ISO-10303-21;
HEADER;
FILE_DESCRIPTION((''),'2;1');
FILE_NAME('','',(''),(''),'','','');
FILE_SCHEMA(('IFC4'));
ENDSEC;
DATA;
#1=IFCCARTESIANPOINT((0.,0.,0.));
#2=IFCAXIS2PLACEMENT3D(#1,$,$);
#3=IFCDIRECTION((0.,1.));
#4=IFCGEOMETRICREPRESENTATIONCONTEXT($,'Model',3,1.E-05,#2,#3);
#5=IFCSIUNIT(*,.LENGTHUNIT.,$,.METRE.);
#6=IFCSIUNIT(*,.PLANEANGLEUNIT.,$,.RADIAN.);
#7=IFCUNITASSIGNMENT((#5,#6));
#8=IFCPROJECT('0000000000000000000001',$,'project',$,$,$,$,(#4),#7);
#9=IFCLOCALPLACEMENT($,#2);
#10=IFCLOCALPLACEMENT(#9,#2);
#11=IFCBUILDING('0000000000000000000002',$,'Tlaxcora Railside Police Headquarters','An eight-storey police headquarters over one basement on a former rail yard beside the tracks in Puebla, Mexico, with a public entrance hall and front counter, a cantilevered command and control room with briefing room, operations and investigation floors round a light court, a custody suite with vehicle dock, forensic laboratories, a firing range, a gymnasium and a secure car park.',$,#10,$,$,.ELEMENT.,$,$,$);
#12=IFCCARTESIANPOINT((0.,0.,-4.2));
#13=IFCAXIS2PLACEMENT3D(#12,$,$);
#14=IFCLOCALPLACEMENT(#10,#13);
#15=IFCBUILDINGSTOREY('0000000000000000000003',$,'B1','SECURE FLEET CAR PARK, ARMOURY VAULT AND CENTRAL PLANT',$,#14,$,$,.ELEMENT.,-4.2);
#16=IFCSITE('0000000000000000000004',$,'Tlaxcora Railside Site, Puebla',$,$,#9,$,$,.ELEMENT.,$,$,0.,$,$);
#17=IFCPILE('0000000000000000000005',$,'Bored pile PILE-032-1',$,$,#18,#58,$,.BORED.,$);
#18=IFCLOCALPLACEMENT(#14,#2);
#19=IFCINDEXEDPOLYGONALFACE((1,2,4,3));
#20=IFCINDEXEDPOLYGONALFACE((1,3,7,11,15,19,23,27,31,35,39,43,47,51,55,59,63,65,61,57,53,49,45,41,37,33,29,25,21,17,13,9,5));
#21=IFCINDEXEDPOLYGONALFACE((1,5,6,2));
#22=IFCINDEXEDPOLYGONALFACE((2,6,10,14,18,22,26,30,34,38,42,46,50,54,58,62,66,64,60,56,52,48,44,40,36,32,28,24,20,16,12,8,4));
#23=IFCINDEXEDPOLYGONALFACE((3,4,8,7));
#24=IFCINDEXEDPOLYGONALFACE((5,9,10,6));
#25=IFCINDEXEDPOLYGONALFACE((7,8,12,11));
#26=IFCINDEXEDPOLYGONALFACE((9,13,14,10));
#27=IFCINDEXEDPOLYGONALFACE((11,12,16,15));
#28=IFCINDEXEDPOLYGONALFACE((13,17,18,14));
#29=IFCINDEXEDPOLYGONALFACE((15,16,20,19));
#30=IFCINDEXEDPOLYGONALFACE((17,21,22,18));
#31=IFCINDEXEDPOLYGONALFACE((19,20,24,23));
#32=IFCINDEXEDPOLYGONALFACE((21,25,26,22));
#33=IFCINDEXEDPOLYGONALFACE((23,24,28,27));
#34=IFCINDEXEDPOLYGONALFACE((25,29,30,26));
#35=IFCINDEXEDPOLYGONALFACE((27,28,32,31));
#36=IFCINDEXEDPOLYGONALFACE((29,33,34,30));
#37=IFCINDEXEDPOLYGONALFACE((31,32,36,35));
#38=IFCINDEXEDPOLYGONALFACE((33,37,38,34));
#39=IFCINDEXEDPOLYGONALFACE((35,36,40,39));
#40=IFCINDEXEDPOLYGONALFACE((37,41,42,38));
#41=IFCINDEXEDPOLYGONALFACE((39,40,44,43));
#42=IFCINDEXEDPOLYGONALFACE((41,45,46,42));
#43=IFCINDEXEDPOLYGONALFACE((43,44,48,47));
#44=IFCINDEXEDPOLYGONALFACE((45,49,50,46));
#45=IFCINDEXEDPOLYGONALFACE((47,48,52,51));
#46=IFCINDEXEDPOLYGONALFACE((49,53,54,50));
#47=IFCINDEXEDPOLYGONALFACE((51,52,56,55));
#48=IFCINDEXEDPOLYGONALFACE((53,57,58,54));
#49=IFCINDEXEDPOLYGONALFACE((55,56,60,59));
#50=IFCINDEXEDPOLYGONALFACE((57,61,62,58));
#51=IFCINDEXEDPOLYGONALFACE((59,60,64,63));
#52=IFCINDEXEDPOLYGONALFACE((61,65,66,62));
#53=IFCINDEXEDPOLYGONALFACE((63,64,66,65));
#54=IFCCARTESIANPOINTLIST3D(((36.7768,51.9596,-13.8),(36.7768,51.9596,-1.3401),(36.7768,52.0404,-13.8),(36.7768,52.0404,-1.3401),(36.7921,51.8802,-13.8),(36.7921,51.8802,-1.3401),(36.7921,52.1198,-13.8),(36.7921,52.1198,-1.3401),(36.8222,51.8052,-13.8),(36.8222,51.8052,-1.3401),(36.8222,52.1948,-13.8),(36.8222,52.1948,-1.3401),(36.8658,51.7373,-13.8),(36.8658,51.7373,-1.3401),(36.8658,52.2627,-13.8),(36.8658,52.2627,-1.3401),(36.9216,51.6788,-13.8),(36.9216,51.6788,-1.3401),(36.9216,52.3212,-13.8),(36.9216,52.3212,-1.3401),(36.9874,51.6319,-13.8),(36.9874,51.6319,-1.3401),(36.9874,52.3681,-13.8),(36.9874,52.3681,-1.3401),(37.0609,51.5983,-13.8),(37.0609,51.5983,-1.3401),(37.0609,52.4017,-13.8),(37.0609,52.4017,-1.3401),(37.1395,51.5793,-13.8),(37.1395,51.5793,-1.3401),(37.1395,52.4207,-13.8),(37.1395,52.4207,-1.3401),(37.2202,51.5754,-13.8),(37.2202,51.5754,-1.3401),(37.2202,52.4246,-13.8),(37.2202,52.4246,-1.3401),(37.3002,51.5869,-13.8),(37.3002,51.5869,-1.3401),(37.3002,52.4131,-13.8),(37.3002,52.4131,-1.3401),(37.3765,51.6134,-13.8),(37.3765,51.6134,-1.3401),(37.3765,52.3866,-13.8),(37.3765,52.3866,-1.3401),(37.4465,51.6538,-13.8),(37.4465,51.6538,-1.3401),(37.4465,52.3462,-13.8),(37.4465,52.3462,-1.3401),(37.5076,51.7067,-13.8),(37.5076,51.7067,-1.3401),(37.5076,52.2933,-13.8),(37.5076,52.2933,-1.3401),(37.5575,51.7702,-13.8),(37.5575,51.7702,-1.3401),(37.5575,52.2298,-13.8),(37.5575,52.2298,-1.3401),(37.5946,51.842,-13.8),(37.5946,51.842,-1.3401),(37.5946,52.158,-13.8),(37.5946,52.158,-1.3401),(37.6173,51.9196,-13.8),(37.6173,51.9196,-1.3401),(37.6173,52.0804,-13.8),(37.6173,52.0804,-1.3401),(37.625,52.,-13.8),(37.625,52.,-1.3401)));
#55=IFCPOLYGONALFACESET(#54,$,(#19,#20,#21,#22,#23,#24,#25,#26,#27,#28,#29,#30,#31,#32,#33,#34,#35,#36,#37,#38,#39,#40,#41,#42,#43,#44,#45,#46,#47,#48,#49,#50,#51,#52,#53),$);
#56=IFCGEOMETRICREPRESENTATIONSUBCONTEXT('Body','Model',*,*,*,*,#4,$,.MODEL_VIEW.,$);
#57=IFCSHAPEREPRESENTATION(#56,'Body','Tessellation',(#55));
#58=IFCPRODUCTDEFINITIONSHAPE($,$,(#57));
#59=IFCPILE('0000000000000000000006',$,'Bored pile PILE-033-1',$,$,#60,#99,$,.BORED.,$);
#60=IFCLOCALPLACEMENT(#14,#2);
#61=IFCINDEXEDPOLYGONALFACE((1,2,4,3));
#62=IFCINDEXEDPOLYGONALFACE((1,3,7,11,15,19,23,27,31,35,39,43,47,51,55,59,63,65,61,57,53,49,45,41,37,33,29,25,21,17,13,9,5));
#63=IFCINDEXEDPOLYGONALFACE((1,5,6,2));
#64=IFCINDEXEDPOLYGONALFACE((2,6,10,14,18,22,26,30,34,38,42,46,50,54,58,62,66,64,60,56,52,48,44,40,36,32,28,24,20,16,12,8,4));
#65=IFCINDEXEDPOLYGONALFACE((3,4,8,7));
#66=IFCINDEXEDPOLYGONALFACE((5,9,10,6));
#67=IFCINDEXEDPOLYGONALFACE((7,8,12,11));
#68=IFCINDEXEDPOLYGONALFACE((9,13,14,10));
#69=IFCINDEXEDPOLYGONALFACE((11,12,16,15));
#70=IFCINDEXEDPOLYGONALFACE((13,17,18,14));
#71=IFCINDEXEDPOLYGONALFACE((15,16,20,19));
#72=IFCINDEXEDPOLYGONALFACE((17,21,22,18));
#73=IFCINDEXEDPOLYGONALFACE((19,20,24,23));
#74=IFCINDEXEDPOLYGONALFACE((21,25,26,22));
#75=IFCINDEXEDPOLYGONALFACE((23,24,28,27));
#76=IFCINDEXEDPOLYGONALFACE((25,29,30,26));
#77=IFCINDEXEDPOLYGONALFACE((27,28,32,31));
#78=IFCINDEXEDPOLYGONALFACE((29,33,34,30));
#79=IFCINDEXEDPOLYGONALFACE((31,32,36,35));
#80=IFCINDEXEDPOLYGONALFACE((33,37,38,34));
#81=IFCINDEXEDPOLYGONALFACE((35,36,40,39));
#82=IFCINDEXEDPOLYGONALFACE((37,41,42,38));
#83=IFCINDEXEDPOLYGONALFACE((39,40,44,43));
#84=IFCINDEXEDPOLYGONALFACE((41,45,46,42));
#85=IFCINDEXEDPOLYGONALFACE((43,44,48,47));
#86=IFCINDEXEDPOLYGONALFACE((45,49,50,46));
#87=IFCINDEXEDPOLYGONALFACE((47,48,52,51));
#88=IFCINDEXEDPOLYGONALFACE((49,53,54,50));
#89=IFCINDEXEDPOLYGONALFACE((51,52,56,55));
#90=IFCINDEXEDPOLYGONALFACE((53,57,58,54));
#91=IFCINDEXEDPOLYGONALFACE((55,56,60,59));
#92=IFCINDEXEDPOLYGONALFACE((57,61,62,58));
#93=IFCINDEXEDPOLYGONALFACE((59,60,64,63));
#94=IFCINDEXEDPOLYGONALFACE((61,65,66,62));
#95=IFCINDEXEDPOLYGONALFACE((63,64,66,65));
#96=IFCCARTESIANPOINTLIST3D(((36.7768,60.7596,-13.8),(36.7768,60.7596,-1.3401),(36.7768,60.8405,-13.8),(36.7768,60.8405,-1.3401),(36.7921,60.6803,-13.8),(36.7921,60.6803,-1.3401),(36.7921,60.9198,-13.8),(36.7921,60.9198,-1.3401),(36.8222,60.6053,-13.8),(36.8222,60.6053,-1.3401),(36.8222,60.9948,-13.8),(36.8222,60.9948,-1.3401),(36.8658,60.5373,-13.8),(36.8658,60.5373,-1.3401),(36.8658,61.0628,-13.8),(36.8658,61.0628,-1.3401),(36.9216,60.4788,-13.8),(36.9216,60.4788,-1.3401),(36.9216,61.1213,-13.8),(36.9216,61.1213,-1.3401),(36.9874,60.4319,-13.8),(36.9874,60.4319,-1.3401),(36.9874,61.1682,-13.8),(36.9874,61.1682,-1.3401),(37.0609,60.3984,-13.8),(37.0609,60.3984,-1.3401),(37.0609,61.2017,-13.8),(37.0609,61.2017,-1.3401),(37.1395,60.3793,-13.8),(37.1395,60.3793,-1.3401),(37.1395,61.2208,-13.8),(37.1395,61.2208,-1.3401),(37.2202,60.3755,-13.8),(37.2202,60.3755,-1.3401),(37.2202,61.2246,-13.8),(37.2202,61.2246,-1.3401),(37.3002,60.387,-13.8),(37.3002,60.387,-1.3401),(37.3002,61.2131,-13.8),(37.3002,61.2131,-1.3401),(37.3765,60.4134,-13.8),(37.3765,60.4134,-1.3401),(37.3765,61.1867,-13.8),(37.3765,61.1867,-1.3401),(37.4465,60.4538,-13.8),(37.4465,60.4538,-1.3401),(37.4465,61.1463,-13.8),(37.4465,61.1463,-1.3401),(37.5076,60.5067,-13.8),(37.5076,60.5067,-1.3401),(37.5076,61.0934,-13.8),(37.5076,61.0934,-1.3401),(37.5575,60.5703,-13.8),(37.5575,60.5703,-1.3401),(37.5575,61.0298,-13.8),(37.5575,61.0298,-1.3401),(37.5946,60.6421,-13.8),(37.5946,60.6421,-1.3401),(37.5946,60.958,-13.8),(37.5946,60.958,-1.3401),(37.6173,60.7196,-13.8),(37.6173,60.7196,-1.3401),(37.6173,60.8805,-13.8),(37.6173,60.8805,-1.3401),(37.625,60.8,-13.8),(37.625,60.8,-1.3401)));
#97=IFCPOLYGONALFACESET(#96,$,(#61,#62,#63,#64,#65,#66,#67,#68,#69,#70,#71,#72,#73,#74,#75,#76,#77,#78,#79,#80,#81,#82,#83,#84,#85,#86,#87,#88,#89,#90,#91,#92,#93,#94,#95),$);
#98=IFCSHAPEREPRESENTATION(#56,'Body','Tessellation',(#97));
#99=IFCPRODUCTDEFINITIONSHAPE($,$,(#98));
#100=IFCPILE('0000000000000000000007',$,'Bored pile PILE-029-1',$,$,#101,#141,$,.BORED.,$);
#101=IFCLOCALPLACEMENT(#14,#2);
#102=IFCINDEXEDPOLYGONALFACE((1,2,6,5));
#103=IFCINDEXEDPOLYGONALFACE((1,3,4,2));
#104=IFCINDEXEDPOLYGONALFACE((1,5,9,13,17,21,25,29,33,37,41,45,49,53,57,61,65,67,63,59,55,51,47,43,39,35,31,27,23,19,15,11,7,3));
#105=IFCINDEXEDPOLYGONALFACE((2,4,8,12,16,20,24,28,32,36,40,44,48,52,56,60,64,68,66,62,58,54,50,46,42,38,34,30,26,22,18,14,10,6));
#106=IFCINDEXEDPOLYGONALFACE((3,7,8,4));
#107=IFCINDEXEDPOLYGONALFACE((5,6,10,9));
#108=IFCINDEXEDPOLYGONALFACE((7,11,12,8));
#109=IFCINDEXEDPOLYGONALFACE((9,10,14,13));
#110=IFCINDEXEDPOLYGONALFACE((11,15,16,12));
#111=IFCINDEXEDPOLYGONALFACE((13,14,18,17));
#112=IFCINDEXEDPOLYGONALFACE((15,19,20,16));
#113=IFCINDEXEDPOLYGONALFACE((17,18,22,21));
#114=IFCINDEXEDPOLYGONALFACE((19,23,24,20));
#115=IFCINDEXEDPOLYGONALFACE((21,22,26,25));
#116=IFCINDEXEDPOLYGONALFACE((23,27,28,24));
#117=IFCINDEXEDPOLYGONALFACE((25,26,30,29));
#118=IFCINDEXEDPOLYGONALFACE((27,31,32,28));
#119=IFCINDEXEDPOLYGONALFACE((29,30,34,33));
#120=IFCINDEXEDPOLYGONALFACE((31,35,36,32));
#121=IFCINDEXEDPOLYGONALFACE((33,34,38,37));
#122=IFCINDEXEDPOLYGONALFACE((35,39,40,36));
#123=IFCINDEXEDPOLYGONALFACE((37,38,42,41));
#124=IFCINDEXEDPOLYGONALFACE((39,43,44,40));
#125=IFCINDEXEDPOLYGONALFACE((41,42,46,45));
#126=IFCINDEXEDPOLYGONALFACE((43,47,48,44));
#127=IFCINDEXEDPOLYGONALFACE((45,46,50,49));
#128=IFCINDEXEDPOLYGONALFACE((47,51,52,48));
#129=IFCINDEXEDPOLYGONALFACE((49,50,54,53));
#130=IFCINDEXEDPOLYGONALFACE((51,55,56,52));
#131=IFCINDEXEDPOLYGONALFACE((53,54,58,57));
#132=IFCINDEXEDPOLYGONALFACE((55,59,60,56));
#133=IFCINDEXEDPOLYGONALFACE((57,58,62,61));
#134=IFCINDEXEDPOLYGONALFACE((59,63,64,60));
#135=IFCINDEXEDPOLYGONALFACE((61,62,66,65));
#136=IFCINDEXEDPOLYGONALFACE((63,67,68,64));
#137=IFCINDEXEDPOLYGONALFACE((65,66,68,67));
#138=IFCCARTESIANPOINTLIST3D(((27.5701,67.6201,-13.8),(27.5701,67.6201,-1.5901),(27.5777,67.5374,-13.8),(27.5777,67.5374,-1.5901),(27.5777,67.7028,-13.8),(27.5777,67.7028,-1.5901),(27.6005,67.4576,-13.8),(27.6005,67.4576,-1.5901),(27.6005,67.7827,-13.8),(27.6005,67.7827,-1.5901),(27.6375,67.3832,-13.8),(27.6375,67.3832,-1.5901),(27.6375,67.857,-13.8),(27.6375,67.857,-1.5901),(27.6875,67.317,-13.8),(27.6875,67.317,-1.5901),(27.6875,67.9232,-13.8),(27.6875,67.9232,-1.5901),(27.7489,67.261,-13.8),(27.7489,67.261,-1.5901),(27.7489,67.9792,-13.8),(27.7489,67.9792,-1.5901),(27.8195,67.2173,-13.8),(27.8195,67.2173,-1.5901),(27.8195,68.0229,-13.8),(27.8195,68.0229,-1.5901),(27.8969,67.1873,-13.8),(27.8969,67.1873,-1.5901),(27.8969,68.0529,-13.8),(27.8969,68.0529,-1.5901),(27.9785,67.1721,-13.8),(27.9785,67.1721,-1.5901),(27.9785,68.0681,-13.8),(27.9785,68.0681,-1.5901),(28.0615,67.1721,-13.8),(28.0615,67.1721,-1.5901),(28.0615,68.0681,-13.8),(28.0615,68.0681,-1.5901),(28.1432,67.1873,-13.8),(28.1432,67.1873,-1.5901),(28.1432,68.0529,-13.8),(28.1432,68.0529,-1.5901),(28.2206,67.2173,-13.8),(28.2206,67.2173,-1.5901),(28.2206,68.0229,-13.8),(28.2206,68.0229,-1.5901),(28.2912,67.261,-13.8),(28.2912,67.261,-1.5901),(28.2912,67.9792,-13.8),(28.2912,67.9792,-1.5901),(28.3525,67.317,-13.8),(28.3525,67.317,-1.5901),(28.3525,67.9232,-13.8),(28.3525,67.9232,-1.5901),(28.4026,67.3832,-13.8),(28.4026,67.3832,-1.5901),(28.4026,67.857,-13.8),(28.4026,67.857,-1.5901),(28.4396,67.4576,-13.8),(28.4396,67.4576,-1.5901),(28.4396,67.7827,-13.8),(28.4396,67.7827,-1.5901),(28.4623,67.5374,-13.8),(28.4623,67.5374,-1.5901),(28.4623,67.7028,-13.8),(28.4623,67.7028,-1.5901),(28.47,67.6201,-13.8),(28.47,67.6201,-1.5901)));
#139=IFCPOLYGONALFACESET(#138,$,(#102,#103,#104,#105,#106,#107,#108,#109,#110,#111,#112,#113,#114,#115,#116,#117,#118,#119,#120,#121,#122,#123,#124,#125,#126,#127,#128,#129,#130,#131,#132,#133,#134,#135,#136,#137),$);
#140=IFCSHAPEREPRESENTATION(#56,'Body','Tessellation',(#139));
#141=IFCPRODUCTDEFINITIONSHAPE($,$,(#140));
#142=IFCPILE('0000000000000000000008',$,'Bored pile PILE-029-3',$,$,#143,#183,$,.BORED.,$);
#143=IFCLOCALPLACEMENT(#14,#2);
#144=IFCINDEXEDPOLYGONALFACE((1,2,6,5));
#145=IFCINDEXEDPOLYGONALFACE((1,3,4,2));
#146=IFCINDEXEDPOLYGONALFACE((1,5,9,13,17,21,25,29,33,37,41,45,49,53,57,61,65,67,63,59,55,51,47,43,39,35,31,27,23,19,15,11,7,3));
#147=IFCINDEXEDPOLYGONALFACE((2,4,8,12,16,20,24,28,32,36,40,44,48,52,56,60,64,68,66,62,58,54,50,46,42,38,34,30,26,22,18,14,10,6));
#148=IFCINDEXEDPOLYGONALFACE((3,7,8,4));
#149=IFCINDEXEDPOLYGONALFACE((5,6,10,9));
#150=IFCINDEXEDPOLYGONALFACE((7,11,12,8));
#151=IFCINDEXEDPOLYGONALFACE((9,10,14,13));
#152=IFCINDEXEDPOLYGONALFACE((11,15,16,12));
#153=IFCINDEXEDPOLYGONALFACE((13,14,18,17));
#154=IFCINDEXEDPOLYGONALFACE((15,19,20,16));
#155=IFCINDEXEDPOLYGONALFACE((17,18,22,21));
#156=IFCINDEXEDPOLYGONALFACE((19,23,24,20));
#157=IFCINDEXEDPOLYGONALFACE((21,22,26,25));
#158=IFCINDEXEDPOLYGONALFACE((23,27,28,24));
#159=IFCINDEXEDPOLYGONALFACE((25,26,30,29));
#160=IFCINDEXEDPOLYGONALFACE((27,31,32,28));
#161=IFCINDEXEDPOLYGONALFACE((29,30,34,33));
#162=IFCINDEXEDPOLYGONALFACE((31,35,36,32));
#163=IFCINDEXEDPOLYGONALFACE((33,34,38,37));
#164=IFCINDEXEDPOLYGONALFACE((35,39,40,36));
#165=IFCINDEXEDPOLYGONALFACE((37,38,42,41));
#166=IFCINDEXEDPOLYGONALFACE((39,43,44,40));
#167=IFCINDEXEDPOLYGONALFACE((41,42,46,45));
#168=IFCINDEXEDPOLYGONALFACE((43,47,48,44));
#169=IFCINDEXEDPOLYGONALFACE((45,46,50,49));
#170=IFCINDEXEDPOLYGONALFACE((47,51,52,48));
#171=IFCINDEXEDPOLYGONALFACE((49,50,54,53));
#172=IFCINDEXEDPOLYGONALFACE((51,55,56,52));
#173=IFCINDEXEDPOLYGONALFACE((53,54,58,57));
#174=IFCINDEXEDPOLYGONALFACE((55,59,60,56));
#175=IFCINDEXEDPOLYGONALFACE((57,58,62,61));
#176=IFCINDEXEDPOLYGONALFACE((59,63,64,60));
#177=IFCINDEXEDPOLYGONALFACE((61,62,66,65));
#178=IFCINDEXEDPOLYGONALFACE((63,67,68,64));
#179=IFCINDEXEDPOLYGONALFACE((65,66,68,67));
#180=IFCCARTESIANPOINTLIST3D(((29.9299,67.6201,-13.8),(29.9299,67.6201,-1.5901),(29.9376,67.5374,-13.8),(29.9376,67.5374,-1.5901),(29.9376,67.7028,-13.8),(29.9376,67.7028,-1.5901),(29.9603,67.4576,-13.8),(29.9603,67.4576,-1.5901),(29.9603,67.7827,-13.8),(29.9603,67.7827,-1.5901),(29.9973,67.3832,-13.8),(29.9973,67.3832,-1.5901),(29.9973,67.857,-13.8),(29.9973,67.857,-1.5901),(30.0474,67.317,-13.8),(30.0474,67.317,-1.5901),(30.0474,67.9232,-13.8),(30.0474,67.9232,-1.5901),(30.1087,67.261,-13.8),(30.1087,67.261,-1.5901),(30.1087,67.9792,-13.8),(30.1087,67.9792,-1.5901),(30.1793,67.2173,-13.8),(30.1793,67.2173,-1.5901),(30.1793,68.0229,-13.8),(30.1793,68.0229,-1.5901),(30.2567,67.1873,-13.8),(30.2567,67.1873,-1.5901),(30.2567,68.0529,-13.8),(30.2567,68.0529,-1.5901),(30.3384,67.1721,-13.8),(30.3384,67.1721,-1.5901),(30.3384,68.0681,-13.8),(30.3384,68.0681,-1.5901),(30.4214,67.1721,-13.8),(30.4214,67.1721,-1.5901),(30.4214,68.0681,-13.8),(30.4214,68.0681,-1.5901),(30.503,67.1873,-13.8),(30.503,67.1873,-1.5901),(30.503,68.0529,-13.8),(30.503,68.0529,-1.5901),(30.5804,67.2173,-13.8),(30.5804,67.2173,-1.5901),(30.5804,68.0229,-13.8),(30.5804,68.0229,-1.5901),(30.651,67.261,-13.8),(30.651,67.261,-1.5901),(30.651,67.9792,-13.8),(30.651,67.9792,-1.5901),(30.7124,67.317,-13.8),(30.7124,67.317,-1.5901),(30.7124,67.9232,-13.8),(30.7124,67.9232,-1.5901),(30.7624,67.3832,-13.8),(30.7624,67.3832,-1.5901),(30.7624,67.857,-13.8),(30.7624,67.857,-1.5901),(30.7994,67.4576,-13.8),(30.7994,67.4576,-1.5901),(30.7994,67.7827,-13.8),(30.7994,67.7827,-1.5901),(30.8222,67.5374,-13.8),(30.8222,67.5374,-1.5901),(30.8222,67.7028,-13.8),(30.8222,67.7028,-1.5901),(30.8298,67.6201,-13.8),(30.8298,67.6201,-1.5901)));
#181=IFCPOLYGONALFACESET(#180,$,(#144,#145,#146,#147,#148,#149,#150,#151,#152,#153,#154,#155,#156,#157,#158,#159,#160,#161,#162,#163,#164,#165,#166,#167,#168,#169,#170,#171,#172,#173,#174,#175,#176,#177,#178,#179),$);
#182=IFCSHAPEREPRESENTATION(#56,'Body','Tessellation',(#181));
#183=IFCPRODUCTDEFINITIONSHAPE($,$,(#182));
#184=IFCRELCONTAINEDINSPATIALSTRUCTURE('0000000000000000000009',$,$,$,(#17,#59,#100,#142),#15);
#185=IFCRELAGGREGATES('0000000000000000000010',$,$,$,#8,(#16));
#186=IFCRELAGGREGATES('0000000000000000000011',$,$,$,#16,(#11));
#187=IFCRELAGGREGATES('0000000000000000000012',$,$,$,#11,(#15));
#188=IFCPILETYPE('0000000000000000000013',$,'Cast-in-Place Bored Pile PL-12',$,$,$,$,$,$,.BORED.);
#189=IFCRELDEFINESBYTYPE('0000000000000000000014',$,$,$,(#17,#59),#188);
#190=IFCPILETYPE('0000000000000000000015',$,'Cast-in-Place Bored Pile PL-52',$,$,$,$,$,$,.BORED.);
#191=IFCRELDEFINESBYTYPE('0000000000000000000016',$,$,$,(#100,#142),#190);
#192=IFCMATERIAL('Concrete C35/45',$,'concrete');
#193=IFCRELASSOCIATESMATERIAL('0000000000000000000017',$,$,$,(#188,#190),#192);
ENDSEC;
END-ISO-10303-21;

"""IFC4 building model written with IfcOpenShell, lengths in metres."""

from ifc_helpers import new_model, si_unit, direction, frame, origin, origin_2d, place, context, subcontext, project, spatial, circle, extrude, material, material_profile, profile_set, type_object, element, save


model = new_model("IFC4")

# Units and contexts
model_context = context("Model", 3, precision=1e-05, world=origin(), true_north=direction((0.0, 1.0)))
body_context = subcontext(model_context, "Body", "Model", "MODEL_VIEW")
ifc_project = project(units=[si_unit("LENGTHUNIT", "METRE"), si_unit("PLANEANGLEUNIT", "RADIAN")], contexts=[model_context])

# Site, building, storey
site_placement = place(None, origin())
site = spatial("IfcSite", under=ifc_project, at=site_placement, Name="Tlaxcora Railside Site, Puebla", CompositionType="ELEMENT", RefElevation=0.0)
building_placement = place(site_placement, origin())
building = spatial("IfcBuilding", under=site, at=building_placement, Name="Tlaxcora Railside Police Headquarters", Description="An eight-storey police headquarters over one basement on a former rail yard beside the tracks in Puebla, Mexico, with a public entrance hall and front counter, a cantilevered command and control room with briefing room, operations and investigation floors round a light court, a custody suite with vehicle dock, forensic laboratories, a firing range, a gymnasium and a secure car park.", CompositionType="ELEMENT")
storey_placement = place(building_placement, frame((0.0, 0.0, -4.2)))
storey = spatial("IfcBuildingStorey", under=building, at=storey_placement, Name="B1", Description="SECURE FLEET CAR PARK, ARMOURY VAULT AND CENTRAL PLANT", CompositionType="ELEMENT", Elevation=-4.2)

# Piles
ifc_material_1 = material(Name="Concrete C35/45", Category="concrete")
ifc_material_profile_1 = material_profile(ifc_material_1, circle(Radius=0.425, at=origin_2d()), Name="PILE850")
ifc_profile_set_1 = profile_set([ifc_material_profile_1], Name="Concrete C35/45")
pile_type_1 = type_object("IfcPileType", Name="Cast-in-Place Bored Pile PL-12", PredefinedType="BORED", material=ifc_profile_set_1)
for number, where, z_axis, x_axis, name in (
    (1, (37.2, 52.0, -1.3401), (0.0, 0.0, -1.0), (1.0, 0.0, 0.0), "Bored pile PILE-032-1"),
    (2, (37.2, 60.8, -1.3401), (0.0, 0.0, -1.0), (1.0, 0.0, 0.0), "Bored pile PILE-033-1"),
):
    element("IfcPile", number, at=place(storey_placement, frame(where, z_axis=z_axis, x_axis=x_axis)), inside=storey, type_object=pile_type_1, Name=name, PredefinedType="BORED", context=body_context, shape_type="SweptSolid", body=[
        extrude(circle(Radius=0.425, at=origin_2d()), origin(), (0.0, 0.0, 1.0), 12.46),
    ])
ifc_material_profile_2 = material_profile(ifc_material_1, circle(Radius=0.45, at=origin_2d()), Name="PILE900")
ifc_profile_set_2 = profile_set([ifc_material_profile_2], Name="Concrete C35/45")
pile_type_2 = type_object("IfcPileType", Name="Cast-in-Place Bored Pile PL-52", PredefinedType="BORED", material=ifc_profile_set_2)
for number, where, z_axis, x_axis, name in (
    (3, (28.02, 67.6201, -1.5901), (0.0, 0.0, -1.0), (1.0, 0.0, 0.0), "Bored pile PILE-029-1"),
    (4, (30.3799, 67.6201, -1.5901), (0.0, 0.0, -1.0), (1.0, 0.0, 0.0), "Bored pile PILE-029-3"),
):
    element("IfcPile", number, at=place(storey_placement, frame(where, z_axis=z_axis, x_axis=x_axis)), inside=storey, type_object=pile_type_2, Name=name, PredefinedType="BORED", context=body_context, shape_type="SweptSolid", body=[
        extrude(circle(Radius=0.45, at=origin_2d()), origin(), (0.0, 0.0, 1.0), 12.21),
    ])

save(model, "model.ifc")
